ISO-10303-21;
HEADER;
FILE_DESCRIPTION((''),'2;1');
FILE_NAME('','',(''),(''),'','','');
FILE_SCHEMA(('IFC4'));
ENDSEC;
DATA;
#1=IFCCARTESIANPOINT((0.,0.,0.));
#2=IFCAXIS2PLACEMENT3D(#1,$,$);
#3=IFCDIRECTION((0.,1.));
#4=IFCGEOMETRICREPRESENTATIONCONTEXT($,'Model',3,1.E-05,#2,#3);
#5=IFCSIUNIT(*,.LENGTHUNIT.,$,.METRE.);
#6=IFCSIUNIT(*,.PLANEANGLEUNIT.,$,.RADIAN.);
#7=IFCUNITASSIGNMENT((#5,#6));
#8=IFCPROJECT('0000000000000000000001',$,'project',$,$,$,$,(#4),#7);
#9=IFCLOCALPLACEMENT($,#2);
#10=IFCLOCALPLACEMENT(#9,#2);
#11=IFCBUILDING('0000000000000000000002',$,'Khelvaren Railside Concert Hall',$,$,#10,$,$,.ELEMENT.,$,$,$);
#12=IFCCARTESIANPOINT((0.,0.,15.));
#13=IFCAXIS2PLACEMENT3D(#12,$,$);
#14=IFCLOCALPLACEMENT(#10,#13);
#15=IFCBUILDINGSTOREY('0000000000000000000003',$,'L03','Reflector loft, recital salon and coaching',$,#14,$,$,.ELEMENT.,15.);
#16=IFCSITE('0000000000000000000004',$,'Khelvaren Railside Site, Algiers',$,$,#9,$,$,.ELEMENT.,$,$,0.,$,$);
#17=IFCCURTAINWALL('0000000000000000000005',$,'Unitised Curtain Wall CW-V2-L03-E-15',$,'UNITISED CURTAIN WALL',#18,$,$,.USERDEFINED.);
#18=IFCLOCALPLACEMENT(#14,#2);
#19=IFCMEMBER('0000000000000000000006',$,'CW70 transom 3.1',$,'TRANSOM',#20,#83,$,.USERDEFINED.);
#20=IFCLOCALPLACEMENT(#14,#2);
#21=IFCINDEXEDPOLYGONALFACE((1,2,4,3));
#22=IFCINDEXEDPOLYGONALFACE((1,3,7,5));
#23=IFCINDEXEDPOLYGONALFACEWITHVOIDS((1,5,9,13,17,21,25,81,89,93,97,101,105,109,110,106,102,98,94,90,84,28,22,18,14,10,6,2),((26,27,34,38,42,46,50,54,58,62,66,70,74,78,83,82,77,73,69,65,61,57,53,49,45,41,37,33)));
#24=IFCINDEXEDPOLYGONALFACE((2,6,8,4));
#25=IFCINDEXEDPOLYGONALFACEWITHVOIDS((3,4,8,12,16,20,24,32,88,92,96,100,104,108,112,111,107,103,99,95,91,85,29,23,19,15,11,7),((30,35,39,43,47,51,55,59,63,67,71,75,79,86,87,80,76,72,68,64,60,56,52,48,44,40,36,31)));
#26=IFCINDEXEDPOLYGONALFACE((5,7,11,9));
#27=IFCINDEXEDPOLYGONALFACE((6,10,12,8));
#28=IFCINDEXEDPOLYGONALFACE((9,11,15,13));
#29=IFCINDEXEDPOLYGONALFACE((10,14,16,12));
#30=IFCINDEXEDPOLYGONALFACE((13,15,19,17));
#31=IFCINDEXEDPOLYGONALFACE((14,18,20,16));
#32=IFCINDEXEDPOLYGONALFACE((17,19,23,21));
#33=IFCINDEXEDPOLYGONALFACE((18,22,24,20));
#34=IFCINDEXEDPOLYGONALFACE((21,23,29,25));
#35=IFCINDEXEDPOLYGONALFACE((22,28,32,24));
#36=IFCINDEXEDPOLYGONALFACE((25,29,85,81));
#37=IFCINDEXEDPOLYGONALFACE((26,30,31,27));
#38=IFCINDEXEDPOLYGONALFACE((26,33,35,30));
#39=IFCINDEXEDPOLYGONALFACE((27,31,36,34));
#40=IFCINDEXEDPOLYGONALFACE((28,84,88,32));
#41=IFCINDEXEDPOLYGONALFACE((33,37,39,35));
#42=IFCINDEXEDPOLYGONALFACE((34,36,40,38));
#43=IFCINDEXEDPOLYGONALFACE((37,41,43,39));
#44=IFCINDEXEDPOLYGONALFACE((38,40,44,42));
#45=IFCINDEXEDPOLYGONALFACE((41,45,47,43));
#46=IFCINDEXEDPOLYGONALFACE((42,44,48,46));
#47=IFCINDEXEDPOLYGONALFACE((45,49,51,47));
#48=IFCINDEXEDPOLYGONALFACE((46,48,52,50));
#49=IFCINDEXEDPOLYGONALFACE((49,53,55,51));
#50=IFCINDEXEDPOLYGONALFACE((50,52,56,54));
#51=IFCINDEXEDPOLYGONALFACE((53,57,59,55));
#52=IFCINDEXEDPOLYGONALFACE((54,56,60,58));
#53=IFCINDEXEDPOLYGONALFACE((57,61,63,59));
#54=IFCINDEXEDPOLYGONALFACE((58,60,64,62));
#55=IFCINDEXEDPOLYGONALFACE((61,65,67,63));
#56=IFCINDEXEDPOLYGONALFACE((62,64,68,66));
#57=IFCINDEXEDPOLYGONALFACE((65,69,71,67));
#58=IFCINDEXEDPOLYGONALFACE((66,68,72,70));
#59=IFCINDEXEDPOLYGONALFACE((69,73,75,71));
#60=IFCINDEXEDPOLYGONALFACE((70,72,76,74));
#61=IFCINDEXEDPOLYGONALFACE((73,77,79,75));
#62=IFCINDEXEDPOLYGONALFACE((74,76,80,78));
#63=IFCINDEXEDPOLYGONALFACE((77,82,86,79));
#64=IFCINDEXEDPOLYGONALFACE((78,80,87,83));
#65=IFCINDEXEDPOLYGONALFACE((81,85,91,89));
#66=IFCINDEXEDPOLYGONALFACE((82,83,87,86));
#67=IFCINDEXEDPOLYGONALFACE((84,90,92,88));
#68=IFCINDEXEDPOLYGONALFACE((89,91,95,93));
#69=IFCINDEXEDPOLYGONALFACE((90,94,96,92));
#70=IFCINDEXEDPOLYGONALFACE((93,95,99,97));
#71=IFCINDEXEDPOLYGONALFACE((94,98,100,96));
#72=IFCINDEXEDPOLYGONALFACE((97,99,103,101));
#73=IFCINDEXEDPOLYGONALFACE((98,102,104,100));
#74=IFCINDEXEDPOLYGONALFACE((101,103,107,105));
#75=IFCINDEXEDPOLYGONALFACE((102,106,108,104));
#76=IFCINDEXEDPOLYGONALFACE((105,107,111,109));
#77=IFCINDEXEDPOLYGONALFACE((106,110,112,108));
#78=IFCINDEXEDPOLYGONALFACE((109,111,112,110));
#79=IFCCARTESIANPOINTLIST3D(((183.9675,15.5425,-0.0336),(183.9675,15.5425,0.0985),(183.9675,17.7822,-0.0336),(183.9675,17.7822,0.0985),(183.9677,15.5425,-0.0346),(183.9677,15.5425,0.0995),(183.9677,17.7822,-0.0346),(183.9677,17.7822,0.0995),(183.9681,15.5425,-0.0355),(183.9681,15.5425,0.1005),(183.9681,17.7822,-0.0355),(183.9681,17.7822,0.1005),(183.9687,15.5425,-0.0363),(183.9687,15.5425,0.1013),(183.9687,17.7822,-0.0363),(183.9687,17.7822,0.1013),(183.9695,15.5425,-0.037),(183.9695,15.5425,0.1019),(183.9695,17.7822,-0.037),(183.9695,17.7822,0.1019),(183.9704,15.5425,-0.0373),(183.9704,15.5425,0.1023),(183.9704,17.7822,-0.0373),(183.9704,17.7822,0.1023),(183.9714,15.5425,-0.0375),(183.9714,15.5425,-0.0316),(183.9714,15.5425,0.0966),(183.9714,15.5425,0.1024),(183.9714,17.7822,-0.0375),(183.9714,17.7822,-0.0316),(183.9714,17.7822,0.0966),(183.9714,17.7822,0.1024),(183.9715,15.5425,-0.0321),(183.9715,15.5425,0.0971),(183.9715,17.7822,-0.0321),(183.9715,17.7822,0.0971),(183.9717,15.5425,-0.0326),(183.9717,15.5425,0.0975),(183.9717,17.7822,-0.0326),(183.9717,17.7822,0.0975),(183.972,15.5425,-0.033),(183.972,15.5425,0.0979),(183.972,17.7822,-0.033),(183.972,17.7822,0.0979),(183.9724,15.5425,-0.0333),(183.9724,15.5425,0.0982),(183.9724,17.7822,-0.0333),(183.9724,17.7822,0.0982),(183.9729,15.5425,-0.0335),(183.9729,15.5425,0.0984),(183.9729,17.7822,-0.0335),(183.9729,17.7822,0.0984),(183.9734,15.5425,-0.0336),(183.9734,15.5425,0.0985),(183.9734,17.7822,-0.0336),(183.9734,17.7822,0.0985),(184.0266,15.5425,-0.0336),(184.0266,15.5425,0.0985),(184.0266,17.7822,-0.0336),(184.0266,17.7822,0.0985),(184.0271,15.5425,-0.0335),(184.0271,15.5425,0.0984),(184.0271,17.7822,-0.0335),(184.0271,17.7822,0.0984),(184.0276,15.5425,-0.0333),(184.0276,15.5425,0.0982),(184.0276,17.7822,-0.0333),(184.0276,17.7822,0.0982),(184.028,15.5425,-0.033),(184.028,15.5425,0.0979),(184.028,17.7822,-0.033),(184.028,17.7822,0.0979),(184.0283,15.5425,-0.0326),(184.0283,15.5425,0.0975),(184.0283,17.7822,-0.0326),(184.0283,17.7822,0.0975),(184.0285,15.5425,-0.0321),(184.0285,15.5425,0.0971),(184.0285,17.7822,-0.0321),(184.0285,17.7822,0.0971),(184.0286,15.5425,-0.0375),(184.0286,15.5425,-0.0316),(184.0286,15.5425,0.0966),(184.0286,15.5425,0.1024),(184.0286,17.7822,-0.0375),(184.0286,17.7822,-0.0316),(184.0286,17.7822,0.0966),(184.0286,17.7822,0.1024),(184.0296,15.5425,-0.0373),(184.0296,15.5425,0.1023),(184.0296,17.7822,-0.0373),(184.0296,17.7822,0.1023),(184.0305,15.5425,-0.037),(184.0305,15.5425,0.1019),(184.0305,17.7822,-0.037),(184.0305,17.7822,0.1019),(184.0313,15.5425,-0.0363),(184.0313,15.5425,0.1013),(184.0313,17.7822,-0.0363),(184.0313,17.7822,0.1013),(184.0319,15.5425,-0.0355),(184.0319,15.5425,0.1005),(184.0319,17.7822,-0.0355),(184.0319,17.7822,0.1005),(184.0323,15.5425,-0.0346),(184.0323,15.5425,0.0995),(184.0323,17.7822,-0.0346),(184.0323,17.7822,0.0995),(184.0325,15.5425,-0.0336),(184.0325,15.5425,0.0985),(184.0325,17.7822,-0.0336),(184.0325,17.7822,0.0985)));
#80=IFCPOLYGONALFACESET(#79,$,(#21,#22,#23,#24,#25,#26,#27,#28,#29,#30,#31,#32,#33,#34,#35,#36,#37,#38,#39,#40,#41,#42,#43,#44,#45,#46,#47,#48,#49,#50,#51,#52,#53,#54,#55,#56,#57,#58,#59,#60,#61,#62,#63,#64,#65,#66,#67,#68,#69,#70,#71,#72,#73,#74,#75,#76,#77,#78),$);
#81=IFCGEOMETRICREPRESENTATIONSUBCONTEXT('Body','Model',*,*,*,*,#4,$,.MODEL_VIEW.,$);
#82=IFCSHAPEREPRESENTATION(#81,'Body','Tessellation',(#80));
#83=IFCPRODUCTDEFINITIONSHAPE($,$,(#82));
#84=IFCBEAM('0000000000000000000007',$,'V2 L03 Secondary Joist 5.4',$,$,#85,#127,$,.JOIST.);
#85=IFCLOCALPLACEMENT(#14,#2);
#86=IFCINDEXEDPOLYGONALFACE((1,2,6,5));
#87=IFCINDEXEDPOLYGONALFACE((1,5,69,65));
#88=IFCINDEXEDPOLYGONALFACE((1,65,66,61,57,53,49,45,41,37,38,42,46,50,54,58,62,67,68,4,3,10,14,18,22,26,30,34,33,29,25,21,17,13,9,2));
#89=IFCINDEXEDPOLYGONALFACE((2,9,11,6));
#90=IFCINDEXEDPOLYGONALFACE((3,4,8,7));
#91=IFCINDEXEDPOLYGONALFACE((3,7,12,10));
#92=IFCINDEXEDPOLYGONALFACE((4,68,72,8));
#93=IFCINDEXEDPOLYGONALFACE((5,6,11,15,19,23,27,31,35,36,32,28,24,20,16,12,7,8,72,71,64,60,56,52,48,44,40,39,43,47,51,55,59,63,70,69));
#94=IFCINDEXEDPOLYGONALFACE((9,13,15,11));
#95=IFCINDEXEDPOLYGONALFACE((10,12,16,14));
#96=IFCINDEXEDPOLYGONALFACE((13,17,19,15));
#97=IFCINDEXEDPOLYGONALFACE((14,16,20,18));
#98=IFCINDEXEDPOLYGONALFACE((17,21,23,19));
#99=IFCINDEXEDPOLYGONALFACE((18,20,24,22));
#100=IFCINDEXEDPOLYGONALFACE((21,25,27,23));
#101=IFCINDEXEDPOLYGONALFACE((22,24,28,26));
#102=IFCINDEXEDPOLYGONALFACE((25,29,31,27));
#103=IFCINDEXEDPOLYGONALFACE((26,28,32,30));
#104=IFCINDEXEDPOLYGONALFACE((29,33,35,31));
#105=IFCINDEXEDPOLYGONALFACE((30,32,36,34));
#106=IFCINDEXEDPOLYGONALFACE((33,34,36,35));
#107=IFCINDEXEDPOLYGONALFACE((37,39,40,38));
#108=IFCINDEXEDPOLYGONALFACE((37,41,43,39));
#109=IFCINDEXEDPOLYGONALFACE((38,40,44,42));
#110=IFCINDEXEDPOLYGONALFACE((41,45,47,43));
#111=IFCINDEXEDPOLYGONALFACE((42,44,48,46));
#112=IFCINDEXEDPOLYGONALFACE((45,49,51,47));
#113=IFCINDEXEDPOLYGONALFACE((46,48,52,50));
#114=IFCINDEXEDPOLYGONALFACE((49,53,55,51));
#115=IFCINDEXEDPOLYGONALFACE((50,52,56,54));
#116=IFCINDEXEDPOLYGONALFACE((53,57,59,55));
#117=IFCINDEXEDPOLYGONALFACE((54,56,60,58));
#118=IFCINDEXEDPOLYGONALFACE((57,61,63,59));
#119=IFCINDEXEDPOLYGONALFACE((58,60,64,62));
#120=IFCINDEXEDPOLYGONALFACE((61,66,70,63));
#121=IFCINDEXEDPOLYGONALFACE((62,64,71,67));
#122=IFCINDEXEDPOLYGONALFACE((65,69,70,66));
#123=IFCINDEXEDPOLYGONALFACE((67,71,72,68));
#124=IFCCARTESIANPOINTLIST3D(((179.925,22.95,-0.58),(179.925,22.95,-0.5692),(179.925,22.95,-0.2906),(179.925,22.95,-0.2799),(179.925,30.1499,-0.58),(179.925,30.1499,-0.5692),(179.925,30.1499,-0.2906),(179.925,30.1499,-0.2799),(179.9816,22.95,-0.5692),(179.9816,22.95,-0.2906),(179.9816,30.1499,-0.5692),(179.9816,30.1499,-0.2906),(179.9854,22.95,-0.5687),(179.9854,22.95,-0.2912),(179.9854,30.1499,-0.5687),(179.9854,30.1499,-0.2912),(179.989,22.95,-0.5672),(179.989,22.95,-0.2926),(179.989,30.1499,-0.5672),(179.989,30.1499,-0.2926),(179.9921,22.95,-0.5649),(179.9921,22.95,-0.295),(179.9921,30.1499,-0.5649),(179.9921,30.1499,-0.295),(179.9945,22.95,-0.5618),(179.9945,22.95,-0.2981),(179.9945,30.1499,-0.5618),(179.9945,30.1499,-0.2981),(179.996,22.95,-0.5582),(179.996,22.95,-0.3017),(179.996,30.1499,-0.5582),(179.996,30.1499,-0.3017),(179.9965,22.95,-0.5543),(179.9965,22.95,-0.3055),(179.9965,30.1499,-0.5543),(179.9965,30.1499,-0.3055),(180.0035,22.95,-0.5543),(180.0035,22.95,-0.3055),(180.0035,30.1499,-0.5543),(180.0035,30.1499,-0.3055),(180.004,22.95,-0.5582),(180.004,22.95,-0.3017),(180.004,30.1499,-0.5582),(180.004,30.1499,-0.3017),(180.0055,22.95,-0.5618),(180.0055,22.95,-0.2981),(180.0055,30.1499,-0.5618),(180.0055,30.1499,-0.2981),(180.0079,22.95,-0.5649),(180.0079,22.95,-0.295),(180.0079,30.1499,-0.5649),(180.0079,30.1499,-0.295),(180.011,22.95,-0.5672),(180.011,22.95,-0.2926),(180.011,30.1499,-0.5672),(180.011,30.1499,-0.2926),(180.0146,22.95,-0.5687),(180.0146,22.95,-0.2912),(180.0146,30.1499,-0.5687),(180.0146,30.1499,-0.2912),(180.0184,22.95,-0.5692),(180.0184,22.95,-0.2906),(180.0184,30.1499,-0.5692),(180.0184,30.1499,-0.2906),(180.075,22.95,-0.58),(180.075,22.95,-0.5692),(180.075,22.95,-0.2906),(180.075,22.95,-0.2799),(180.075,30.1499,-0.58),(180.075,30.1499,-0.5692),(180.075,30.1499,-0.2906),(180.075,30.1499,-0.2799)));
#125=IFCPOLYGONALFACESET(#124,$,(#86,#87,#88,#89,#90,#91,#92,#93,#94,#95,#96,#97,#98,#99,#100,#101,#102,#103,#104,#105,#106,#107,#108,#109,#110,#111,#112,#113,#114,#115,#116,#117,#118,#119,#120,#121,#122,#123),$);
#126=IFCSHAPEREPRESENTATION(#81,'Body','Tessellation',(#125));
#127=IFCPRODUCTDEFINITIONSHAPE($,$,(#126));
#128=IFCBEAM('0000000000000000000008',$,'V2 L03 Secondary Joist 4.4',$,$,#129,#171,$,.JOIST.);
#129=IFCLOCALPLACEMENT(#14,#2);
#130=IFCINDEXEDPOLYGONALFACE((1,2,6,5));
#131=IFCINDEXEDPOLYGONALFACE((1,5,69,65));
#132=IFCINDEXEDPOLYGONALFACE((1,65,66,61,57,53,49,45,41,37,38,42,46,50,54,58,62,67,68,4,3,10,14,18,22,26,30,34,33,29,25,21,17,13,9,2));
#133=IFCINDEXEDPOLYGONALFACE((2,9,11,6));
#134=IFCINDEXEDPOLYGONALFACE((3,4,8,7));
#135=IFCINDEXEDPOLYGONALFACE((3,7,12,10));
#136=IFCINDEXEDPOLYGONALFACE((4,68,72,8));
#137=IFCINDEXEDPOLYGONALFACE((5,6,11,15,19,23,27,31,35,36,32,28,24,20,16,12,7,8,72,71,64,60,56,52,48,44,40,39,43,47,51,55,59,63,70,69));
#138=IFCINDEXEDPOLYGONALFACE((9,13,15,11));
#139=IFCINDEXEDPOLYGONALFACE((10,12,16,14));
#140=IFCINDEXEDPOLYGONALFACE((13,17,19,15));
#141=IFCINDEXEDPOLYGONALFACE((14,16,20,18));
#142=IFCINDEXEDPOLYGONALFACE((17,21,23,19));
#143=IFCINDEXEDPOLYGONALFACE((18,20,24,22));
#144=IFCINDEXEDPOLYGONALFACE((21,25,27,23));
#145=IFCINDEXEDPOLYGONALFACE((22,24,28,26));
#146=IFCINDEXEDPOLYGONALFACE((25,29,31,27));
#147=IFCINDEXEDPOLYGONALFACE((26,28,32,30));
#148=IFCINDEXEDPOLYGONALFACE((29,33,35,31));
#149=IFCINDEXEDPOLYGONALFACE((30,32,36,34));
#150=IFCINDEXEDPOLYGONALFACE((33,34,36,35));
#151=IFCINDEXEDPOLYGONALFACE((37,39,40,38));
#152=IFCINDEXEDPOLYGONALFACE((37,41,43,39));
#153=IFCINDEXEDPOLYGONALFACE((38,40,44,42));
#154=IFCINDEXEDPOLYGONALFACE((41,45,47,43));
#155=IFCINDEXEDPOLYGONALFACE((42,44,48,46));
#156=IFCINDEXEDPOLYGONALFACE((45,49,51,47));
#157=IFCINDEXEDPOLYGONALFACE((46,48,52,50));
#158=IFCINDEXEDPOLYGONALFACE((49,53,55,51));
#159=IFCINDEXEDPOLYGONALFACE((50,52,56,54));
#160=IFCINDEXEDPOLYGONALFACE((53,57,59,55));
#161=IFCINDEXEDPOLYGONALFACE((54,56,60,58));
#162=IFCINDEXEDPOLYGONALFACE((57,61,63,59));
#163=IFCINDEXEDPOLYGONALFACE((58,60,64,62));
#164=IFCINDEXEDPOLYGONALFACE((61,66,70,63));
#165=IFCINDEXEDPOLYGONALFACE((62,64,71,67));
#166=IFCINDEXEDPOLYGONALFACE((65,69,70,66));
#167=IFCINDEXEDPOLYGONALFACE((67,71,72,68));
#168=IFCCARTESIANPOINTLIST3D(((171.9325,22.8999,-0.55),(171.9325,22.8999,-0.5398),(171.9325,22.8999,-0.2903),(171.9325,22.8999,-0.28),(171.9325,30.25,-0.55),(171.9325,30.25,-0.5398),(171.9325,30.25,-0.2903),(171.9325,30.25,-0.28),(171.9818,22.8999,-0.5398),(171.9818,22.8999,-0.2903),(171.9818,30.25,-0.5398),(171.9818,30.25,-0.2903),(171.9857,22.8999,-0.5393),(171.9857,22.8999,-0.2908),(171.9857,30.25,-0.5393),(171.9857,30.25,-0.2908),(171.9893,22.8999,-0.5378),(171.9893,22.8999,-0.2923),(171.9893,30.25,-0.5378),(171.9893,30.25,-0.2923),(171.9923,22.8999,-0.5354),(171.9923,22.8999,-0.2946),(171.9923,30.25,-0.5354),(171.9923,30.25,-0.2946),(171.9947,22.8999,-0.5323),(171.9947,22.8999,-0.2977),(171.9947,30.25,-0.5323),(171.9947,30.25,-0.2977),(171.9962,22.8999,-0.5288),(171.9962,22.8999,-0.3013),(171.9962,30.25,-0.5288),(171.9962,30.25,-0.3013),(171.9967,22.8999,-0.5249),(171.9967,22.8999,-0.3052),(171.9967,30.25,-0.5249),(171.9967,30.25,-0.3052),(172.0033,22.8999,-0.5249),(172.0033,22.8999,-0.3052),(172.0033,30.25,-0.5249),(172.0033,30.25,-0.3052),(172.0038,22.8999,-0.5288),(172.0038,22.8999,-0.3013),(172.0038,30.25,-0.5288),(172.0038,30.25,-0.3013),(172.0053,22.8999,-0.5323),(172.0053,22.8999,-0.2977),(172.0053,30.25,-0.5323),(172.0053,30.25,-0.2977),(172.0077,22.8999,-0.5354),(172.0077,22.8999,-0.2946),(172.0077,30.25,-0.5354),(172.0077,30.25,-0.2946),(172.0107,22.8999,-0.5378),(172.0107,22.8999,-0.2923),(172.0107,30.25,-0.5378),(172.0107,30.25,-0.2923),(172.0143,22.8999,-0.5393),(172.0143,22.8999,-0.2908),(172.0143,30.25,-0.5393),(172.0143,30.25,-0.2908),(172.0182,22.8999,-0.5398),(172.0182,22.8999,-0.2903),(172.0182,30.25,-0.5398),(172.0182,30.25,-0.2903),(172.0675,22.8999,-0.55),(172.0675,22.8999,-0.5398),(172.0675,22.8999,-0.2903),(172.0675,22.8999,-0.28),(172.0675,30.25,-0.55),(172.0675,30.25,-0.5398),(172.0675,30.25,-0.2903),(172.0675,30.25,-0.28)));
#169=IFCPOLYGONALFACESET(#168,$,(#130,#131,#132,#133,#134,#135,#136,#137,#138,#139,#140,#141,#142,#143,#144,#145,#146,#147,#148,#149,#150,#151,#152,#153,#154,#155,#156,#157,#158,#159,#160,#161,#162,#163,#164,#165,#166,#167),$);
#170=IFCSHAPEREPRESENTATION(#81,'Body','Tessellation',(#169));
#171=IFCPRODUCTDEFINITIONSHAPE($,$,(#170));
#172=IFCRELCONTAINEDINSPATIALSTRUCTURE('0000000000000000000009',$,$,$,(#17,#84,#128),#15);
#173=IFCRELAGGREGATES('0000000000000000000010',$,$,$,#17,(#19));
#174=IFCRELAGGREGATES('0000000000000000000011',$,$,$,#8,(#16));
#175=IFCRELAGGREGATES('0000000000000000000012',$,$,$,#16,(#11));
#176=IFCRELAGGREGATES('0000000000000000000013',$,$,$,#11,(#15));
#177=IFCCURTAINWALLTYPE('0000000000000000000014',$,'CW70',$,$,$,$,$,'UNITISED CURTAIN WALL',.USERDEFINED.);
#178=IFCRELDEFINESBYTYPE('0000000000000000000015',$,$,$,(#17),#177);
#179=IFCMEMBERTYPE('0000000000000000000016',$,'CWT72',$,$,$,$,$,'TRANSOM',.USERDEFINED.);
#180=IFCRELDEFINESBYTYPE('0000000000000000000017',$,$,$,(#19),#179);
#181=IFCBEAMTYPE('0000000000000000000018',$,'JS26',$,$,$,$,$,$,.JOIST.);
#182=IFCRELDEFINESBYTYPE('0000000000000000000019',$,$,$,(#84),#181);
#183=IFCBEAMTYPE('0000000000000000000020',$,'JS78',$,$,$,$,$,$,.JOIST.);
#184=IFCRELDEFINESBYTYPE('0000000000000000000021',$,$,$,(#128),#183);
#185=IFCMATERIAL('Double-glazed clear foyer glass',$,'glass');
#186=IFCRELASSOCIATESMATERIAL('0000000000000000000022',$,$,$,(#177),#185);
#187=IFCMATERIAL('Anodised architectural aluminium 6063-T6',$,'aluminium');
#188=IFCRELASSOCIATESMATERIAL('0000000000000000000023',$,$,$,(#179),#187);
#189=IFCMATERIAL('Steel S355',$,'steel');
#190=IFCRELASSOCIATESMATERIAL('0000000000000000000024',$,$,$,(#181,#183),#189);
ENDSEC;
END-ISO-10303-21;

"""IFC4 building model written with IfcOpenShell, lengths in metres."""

from ifc_helpers import new_model, si_unit, direction, frame, origin, origin_2d, place, context, subcontext, project, spatial, hollow_rectangle, i_section, extrude, material, material_profile, profile_set, type_object, element, aggregate, save


model = new_model("IFC4")

# Units and contexts
model_context = context("Model", 3, precision=1e-05, world=origin(), true_north=direction((0.0, 1.0)))
body_context = subcontext(model_context, "Body", "Model", "MODEL_VIEW")
ifc_project = project(units=[si_unit("LENGTHUNIT", "METRE"), si_unit("PLANEANGLEUNIT", "RADIAN")], contexts=[model_context])

# Site, building, storey
site_placement = place(None, origin())
site = spatial("IfcSite", under=ifc_project, at=site_placement, Name="Khelvaren Railside Site, Algiers", CompositionType="ELEMENT", RefElevation=0.0)
building_placement = place(site_placement, origin())
building = spatial("IfcBuilding", under=site, at=building_placement, Name="Khelvaren Railside Concert Hall", CompositionType="ELEMENT")
storey_placement = place(building_placement, frame((0.0, 0.0, 15.0)))
storey = spatial("IfcBuildingStorey", under=building, at=storey_placement, Name="L03", Description="Reflector loft, recital salon and coaching", CompositionType="ELEMENT", Elevation=15.0)

# Shared definitions
ifc_material_1 = material(Name="Steel S355", Category="steel")

# Curtain wall
ifc_material_2 = material(Name="Double-glazed clear foyer glass", Category="glass")
curtain_wall_type_1 = type_object("IfcCurtainWallType", Name="CW70", ElementType="UNITISED CURTAIN WALL", PredefinedType="USERDEFINED", material=ifc_material_2)
curtain_wall_1_placement = place(storey_placement, origin())
curtain_wall_1 = element("IfcCurtainWall", 1, at=curtain_wall_1_placement, inside=storey, type_object=curtain_wall_type_1, Name="Unitised Curtain Wall CW-V2-L03-E-15", ObjectType="UNITISED CURTAIN WALL", PredefinedType="USERDEFINED")
ifc_material_3 = material(Name="Anodised architectural aluminium 6063-T6", Category="aluminium")

# Shared definitions
ifc_material_profile_1 = material_profile(ifc_material_3, hollow_rectangle(XDim=0.0649, YDim=0.1399, WallThickness=0.0039, InnerFilletRadius=0.002, OuterFilletRadius=0.0039, at=origin_2d()), Name="CWT 65x140x4")
ifc_profile_set_1 = profile_set([ifc_material_profile_1], Name="Anodised architectural aluminium 6063-T6")
member_type_1 = type_object("IfcMemberType", Name="CWT72", ElementType="TRANSOM", PredefinedType="USERDEFINED", material=ifc_profile_set_1)

# Member
member_1_placement = place(storey_placement, frame((184.0, 17.7822, 0.0325), z_axis=(0.0, -1.0, 0.0), x_axis=(1.0, 0.0, 0.0)))
member_1 = element("IfcMember", 2, at=member_1_placement, type_object=member_type_1, Name="CW70 transom 3.1", ObjectType="TRANSOM", PredefinedType="USERDEFINED", context=body_context, shape_type="SweptSolid", body=[
    extrude(hollow_rectangle(XDim=0.0649, YDim=0.1399, WallThickness=0.0039, InnerFilletRadius=0.002, OuterFilletRadius=0.0039, at=origin_2d()), origin(), (0.0, 0.0, 1.0), 2.2397),
])

# Beams
ifc_material_profile_2 = material_profile(ifc_material_1, i_section(OverallWidth=0.1499, OverallDepth=0.3, WebThickness=0.0071, FlangeThickness=0.0107, FilletRadius=0.0149, at=origin_2d()), Name="IPE 300")
ifc_profile_set_2 = profile_set([ifc_material_profile_2], Name="Steel S355")
beam_type_1 = type_object("IfcBeamType", Name="JS26", PredefinedType="JOIST", material=ifc_profile_set_2)
beam_1_placement = place(storey_placement, frame((180.0, 22.95, -0.4299), z_axis=(0.0, 1.0, 0.0), x_axis=(-1.0, 0.0, 0.0)))
element("IfcBeam", 3, at=beam_1_placement, inside=storey, type_object=beam_type_1, Name="V2 L03 Secondary Joist 5.4", PredefinedType="JOIST", context=body_context, shape_type="SweptSolid", body=[
    extrude(i_section(OverallWidth=0.1499, OverallDepth=0.3, WebThickness=0.0071, FlangeThickness=0.0107, FilletRadius=0.0149, at=origin_2d()), origin(), (0.0, 0.0, 1.0), 7.2),
])
ifc_material_profile_3 = material_profile(ifc_material_1, i_section(OverallWidth=0.135, OverallDepth=0.27, WebThickness=0.0066, FlangeThickness=0.0103, FilletRadius=0.0149, at=origin_2d()), Name="IPE 270")
ifc_profile_set_3 = profile_set([ifc_material_profile_3], Name="Steel S355")
beam_type_2 = type_object("IfcBeamType", Name="JS78", PredefinedType="JOIST", material=ifc_profile_set_3)
beam_2_placement = place(storey_placement, frame((172.0, 22.8999, -0.415), z_axis=(0.0, 1.0, 0.0), x_axis=(-1.0, 0.0, 0.0)))
element("IfcBeam", 4, at=beam_2_placement, inside=storey, type_object=beam_type_2, Name="V2 L03 Secondary Joist 4.4", PredefinedType="JOIST", context=body_context, shape_type="SweptSolid", body=[
    extrude(i_section(OverallWidth=0.135, OverallDepth=0.27, WebThickness=0.0066, FlangeThickness=0.0103, FilletRadius=0.0149, at=origin_2d()), origin(), (0.0, 0.0, 1.0), 7.3501),
])

aggregate(curtain_wall_1, [member_1])

save(model, "model.ifc")
